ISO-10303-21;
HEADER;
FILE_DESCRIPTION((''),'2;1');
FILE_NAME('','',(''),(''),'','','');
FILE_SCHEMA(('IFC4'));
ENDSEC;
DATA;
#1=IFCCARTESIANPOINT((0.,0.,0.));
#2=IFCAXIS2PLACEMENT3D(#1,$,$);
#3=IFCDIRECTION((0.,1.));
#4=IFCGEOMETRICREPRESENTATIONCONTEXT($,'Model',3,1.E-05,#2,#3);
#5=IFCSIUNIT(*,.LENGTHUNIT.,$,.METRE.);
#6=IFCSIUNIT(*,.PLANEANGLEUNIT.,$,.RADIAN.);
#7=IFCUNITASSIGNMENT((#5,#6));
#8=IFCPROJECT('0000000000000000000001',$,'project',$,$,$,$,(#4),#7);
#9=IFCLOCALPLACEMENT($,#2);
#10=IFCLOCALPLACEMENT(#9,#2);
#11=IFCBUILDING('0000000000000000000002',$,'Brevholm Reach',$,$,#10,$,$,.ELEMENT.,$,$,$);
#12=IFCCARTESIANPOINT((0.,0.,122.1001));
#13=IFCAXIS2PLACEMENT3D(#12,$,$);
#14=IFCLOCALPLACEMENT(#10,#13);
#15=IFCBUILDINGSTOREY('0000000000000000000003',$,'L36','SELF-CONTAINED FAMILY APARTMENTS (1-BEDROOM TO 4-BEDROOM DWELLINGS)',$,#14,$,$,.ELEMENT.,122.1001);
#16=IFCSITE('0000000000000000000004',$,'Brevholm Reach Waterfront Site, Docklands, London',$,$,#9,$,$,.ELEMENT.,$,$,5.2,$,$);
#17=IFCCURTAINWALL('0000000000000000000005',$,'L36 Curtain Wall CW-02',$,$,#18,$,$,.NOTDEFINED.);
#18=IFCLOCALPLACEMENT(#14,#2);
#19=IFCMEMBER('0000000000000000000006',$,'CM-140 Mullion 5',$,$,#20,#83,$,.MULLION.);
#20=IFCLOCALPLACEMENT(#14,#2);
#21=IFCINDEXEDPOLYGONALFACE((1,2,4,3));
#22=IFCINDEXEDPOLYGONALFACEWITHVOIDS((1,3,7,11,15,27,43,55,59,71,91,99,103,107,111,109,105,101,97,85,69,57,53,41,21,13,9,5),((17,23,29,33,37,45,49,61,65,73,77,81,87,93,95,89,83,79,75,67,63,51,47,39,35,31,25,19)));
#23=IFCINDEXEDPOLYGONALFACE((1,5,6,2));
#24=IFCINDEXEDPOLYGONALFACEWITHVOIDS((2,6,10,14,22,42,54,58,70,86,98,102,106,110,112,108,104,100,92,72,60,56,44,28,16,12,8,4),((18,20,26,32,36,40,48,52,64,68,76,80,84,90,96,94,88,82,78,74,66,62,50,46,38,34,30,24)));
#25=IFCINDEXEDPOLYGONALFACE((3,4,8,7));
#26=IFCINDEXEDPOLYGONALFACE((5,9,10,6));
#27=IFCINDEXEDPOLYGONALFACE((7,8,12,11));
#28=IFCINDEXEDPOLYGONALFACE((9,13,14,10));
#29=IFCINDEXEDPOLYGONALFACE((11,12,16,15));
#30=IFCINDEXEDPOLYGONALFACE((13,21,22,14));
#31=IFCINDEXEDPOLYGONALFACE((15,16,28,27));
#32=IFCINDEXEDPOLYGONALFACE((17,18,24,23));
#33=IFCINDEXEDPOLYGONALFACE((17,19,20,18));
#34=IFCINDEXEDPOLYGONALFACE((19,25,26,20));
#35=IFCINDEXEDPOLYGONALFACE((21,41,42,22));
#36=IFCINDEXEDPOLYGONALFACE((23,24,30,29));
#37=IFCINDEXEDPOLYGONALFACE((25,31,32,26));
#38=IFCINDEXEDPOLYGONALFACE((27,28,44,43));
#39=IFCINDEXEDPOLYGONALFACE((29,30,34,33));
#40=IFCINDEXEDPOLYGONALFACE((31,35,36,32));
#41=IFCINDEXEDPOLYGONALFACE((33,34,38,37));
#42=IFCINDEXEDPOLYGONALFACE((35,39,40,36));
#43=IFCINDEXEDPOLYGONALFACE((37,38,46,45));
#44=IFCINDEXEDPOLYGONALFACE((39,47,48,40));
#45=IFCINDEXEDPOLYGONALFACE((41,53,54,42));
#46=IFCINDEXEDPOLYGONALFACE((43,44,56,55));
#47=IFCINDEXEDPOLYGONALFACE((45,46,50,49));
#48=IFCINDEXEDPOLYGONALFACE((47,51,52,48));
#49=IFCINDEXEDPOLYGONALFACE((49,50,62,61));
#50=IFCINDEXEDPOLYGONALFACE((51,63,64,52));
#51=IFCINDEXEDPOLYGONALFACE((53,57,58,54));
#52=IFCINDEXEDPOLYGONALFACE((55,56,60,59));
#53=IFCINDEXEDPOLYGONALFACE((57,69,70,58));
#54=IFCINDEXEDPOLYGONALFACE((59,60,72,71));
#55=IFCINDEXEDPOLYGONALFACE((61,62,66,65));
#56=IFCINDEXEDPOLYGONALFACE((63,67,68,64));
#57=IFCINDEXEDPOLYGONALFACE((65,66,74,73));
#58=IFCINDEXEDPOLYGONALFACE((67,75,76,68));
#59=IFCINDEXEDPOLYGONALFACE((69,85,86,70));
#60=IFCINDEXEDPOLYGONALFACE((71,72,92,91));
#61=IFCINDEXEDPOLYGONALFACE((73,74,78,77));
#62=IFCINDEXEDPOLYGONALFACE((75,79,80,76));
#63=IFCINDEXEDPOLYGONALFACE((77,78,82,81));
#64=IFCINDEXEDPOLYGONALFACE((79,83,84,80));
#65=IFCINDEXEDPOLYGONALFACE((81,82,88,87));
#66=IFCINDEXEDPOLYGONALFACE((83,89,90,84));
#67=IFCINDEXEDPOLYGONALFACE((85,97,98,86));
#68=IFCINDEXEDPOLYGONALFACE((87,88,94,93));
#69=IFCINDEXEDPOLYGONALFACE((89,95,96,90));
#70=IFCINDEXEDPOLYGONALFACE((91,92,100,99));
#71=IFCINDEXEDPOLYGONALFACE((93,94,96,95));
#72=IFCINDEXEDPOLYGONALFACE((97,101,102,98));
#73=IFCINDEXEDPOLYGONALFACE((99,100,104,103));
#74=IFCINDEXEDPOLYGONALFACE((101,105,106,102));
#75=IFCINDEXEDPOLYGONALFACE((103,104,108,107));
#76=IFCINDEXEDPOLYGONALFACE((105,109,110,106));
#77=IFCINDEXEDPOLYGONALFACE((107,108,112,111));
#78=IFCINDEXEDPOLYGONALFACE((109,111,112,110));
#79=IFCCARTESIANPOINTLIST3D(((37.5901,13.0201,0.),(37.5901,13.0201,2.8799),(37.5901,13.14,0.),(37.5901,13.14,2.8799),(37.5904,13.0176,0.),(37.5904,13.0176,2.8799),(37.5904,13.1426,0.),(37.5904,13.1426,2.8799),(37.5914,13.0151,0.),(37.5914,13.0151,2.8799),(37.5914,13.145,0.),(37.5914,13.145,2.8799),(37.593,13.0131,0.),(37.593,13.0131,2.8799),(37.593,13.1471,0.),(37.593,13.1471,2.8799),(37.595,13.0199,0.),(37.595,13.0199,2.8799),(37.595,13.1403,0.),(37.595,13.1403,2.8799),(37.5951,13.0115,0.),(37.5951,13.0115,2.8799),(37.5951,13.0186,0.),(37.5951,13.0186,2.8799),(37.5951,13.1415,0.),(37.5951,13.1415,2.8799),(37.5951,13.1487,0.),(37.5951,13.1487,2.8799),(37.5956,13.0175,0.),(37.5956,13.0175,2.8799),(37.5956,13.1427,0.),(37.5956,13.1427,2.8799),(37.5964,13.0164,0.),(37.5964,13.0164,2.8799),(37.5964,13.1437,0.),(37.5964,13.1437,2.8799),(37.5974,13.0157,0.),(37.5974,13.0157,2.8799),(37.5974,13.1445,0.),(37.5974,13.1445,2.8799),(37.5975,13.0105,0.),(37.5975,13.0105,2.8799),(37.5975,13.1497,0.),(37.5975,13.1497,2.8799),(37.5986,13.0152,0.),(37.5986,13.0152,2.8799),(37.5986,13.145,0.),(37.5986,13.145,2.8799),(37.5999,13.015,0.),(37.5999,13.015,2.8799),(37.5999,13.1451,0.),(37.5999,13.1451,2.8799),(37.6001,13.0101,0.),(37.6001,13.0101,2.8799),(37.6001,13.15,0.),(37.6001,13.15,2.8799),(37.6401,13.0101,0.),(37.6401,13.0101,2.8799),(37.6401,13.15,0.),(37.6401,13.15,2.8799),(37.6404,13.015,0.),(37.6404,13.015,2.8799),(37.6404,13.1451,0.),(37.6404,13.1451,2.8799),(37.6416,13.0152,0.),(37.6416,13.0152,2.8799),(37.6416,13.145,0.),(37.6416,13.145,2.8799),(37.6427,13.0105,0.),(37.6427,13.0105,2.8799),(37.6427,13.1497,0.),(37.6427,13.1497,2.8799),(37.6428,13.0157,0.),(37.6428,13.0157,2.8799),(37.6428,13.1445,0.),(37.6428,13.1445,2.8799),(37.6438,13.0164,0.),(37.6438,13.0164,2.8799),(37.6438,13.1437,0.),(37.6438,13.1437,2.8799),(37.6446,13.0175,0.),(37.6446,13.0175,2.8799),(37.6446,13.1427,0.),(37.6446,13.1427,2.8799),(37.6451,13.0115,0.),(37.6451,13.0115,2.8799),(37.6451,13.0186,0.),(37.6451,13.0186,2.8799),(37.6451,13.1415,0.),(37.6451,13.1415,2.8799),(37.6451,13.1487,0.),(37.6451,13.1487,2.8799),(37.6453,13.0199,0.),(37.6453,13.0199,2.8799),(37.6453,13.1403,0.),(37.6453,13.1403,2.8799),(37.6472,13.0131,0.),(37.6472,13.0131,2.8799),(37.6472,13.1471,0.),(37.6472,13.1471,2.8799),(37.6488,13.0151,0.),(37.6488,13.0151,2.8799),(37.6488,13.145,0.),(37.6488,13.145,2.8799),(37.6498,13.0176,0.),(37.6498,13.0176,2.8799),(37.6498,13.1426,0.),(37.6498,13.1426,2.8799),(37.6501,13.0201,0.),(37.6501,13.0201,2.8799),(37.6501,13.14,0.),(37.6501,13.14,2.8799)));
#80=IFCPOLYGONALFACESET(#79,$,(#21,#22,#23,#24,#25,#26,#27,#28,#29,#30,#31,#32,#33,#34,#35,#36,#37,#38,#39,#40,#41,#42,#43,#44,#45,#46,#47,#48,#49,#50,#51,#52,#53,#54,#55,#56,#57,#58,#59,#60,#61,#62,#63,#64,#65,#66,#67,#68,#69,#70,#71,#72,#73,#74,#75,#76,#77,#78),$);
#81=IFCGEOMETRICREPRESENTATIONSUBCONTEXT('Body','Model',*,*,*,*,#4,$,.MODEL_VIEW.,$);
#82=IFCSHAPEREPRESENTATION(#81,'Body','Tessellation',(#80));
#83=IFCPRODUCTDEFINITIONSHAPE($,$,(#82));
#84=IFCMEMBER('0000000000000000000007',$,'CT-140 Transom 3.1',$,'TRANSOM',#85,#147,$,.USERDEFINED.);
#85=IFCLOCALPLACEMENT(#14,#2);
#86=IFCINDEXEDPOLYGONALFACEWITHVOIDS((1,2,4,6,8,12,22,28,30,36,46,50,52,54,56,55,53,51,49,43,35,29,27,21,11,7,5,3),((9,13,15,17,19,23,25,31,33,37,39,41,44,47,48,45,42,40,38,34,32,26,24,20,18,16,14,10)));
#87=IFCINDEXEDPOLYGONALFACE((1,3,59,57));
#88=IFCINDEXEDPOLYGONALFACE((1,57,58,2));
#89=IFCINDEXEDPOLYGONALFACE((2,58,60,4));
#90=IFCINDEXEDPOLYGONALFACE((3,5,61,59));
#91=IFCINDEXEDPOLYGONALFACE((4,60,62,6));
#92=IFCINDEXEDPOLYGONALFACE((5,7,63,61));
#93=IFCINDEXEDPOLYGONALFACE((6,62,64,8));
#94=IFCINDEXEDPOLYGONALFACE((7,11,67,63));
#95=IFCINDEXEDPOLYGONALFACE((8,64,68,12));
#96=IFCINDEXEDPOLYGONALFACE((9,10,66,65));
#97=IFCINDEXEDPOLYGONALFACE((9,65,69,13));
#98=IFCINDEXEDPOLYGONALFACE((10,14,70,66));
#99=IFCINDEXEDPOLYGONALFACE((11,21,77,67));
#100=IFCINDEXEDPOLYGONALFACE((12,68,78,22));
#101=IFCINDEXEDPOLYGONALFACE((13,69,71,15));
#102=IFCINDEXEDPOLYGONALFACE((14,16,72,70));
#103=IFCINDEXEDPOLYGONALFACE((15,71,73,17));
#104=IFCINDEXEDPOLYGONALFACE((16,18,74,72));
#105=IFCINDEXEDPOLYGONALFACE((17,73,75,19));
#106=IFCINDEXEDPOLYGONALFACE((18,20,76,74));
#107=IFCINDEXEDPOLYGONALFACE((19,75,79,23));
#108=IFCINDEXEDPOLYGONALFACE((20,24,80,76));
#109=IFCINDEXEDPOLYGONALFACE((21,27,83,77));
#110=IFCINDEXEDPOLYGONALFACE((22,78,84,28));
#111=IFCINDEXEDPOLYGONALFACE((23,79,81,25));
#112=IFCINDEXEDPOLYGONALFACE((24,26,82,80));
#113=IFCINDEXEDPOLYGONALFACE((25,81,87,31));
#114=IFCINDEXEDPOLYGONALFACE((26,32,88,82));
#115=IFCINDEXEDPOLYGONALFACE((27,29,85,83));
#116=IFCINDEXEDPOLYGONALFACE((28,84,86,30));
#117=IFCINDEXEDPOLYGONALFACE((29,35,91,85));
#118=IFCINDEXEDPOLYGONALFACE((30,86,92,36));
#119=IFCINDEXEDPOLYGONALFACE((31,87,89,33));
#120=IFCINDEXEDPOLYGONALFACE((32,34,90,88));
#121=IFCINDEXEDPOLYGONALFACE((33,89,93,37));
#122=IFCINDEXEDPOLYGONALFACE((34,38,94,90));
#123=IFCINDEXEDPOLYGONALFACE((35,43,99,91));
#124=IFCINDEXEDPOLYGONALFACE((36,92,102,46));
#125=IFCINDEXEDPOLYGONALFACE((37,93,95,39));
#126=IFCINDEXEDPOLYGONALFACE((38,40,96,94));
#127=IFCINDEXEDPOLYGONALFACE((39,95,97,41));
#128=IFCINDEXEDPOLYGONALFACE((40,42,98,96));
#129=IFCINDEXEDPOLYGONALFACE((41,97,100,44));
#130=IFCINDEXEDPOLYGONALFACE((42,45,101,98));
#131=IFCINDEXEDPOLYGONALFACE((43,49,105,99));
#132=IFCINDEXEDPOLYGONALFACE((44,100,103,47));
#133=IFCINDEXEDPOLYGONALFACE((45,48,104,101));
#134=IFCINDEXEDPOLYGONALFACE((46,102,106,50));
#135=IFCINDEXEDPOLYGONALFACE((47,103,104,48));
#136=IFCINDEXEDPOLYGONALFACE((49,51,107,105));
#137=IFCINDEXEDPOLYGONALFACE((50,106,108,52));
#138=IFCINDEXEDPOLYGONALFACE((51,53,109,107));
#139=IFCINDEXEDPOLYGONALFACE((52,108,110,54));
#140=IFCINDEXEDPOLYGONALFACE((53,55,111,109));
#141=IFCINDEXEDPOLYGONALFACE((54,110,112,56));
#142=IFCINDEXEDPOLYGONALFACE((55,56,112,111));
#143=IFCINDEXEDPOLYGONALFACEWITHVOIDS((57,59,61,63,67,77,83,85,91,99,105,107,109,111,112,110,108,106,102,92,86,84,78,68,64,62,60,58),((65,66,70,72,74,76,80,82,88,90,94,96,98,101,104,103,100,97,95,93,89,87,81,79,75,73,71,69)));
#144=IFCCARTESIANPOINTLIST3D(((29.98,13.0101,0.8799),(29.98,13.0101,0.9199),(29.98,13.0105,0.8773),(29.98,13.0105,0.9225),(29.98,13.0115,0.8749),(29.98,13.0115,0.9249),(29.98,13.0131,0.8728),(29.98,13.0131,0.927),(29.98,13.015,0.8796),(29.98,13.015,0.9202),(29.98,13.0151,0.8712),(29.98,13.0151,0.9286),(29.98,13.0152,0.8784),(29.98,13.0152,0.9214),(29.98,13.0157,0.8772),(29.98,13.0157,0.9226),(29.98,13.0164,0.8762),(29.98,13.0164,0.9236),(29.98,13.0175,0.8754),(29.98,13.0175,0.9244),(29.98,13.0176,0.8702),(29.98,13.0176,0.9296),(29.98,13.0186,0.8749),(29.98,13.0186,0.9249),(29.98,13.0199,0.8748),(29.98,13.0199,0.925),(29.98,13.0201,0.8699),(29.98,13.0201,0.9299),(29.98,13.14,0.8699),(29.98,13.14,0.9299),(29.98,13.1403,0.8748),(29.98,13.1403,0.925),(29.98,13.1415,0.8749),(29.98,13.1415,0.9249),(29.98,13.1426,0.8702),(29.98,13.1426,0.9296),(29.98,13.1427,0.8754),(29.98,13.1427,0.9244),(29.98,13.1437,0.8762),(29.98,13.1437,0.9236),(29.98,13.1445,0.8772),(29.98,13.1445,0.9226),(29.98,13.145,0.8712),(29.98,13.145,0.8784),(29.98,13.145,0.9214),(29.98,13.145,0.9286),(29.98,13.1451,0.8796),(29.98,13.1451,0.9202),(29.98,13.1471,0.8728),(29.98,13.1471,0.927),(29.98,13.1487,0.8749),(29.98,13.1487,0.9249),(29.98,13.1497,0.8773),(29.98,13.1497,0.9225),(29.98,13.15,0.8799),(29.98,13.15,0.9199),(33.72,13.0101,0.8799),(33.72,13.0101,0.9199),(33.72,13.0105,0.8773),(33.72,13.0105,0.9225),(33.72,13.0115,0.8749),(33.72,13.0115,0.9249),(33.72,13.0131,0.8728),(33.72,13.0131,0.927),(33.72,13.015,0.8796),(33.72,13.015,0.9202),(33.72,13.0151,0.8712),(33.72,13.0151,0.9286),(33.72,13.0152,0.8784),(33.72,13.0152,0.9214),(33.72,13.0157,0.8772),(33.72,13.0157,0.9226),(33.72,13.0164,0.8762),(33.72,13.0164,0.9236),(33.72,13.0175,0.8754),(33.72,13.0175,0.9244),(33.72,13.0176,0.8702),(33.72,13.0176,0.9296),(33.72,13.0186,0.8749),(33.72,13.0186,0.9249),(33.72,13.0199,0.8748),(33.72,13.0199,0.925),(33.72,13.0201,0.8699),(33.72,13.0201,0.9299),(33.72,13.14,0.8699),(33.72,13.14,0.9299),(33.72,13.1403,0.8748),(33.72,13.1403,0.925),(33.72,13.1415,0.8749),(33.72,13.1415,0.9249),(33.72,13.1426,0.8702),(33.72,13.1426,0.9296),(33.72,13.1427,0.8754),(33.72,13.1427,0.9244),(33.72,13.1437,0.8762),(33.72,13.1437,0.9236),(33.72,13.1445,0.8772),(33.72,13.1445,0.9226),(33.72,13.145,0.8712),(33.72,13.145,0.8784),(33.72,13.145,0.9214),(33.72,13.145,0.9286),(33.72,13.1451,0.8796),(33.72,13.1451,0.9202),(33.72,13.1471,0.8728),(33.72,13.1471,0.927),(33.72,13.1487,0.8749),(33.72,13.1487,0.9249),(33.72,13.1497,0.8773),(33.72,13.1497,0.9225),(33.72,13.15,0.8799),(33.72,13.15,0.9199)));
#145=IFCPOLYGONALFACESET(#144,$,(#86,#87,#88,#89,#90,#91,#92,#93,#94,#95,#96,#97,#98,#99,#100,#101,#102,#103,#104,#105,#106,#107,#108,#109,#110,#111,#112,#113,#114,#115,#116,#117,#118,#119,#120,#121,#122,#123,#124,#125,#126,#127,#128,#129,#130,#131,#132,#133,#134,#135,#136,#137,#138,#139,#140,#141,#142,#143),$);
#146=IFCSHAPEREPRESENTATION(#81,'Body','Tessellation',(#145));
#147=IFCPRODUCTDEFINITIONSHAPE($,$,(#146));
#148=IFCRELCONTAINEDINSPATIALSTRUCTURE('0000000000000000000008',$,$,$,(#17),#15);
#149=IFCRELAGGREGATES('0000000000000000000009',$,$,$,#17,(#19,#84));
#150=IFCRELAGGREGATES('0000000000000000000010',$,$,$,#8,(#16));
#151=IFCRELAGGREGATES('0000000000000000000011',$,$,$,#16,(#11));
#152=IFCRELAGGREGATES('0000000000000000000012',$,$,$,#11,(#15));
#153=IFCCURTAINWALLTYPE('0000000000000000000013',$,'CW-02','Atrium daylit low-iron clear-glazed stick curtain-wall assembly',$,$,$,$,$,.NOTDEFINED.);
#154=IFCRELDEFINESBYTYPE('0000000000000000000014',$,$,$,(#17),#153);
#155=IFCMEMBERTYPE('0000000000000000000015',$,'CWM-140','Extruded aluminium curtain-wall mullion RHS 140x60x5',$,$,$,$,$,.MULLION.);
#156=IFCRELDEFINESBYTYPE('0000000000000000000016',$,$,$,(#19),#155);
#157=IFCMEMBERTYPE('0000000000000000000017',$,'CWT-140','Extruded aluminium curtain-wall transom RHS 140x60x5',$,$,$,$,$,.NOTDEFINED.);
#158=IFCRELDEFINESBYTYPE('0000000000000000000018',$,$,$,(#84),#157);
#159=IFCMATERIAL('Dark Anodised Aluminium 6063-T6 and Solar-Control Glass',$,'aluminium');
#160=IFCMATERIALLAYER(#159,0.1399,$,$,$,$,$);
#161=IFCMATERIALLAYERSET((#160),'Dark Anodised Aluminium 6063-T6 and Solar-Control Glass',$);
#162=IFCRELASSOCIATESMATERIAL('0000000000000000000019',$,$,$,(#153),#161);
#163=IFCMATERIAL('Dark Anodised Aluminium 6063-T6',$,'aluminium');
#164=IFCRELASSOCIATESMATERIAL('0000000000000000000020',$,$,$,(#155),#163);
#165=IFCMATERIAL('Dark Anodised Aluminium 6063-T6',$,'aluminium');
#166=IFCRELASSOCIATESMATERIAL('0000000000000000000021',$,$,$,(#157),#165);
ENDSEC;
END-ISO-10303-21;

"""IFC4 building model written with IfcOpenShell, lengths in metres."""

from ifc_helpers import new_model, si_unit, direction, frame, origin, origin_2d, place, context, subcontext, project, spatial, hollow_rectangle, extrude, material, layer, layer_set, material_profile, profile_set, type_object, element, aggregate, save


model = new_model("IFC4")

# Units and contexts
model_context = context("Model", 3, precision=1e-05, world=origin(), true_north=direction((0.0, 1.0)))
body_context = subcontext(model_context, "Body", "Model", "MODEL_VIEW")
ifc_project = project(units=[si_unit("LENGTHUNIT", "METRE"), si_unit("PLANEANGLEUNIT", "RADIAN")], contexts=[model_context])

# Site, building, storey
site_placement = place(None, origin())
site = spatial("IfcSite", under=ifc_project, at=site_placement, Name="Brevholm Reach Waterfront Site, Docklands, London", CompositionType="ELEMENT", RefElevation=5.2)
building_placement = place(site_placement, origin())
building = spatial("IfcBuilding", under=site, at=building_placement, Name="Brevholm Reach", CompositionType="ELEMENT")
storey_placement = place(building_placement, frame((0.0, 0.0, 122.1001)))
storey = spatial("IfcBuildingStorey", under=building, at=storey_placement, Name="L36", Description="SELF-CONTAINED FAMILY APARTMENTS (1-BEDROOM TO 4-BEDROOM DWELLINGS)", CompositionType="ELEMENT", Elevation=122.1001)

# Curtain wall, members
ifc_material_1 = material(Name="Dark Anodised Aluminium 6063-T6 and Solar-Control Glass", Category="aluminium")
ifc_layer_1 = layer(ifc_material_1, 0.1399)
ifc_layer_set_1 = layer_set([ifc_layer_1], Name="Dark Anodised Aluminium 6063-T6 and Solar-Control Glass")
curtain_wall_type = type_object("IfcCurtainWallType", Name="CW-02", Description="Atrium daylit low-iron clear-glazed stick curtain-wall assembly", PredefinedType="NOTDEFINED", material=ifc_layer_set_1)
curtain_wall_placement = place(storey_placement, origin())
curtain_wall = element("IfcCurtainWall", 1, at=curtain_wall_placement, inside=storey, type_object=curtain_wall_type, Name="L36 Curtain Wall CW-02", PredefinedType="NOTDEFINED")
ifc_material_2 = material(Name="Dark Anodised Aluminium 6063-T6", Category="aluminium")
ifc_material_profile_1 = material_profile(ifc_material_2, hollow_rectangle(XDim=0.0601, YDim=0.1399, WallThickness=0.0049, InnerFilletRadius=0.0049, OuterFilletRadius=0.01, at=origin_2d()), Name="RHS 140x60x5")
ifc_profile_set_1 = profile_set([ifc_material_profile_1], Name="Dark Anodised Aluminium 6063-T6")
member_type_1 = type_object("IfcMemberType", Name="CWM-140", Description="Extruded aluminium curtain-wall mullion RHS 140x60x5", PredefinedType="MULLION", material=ifc_profile_set_1)
member_1_placement = place(storey_placement, frame((37.6201, 13.0801, 0.0), z_axis=(0.0, 0.0, 1.0), x_axis=(1.0, 0.0, 0.0)))
member_1 = element("IfcMember", 2, at=member_1_placement, type_object=member_type_1, Name="CM-140 Mullion 5", PredefinedType="MULLION", context=body_context, shape_type="SweptSolid", body=[
    extrude(hollow_rectangle(XDim=0.0601, YDim=0.1399, WallThickness=0.0049, InnerFilletRadius=0.0049, OuterFilletRadius=0.01, at=origin_2d()), origin(), (0.0, 0.0, 1.0), 2.8799),
])
ifc_material_3 = material(Name="Dark Anodised Aluminium 6063-T6", Category="aluminium")
ifc_material_profile_2 = material_profile(ifc_material_3, hollow_rectangle(XDim=0.0601, YDim=0.1399, WallThickness=0.0049, InnerFilletRadius=0.0049, OuterFilletRadius=0.01, at=origin_2d()), Name="RHS 140x60x5")
ifc_profile_set_2 = profile_set([ifc_material_profile_2], Name="Dark Anodised Aluminium 6063-T6")
member_type_2 = type_object("IfcMemberType", Name="CWT-140", Description="Extruded aluminium curtain-wall transom RHS 140x60x5", PredefinedType="NOTDEFINED", material=ifc_profile_set_2)
member_2_placement = place(storey_placement, frame((29.98, 13.0801, 0.8999), z_axis=(1.0, 0.0, 0.0), x_axis=(0.0, 0.0, 1.0)))
member_2 = element("IfcMember", 3, at=member_2_placement, type_object=member_type_2, Name="CT-140 Transom 3.1", ObjectType="TRANSOM", PredefinedType="USERDEFINED", context=body_context, shape_type="SweptSolid", body=[
    extrude(hollow_rectangle(XDim=0.0601, YDim=0.1399, WallThickness=0.0049, InnerFilletRadius=0.0049, OuterFilletRadius=0.01, at=origin_2d()), origin(), (0.0, 0.0, 1.0), 3.74),
])
aggregate(curtain_wall, [member_1, member_2])

save(model, "model.ifc")
